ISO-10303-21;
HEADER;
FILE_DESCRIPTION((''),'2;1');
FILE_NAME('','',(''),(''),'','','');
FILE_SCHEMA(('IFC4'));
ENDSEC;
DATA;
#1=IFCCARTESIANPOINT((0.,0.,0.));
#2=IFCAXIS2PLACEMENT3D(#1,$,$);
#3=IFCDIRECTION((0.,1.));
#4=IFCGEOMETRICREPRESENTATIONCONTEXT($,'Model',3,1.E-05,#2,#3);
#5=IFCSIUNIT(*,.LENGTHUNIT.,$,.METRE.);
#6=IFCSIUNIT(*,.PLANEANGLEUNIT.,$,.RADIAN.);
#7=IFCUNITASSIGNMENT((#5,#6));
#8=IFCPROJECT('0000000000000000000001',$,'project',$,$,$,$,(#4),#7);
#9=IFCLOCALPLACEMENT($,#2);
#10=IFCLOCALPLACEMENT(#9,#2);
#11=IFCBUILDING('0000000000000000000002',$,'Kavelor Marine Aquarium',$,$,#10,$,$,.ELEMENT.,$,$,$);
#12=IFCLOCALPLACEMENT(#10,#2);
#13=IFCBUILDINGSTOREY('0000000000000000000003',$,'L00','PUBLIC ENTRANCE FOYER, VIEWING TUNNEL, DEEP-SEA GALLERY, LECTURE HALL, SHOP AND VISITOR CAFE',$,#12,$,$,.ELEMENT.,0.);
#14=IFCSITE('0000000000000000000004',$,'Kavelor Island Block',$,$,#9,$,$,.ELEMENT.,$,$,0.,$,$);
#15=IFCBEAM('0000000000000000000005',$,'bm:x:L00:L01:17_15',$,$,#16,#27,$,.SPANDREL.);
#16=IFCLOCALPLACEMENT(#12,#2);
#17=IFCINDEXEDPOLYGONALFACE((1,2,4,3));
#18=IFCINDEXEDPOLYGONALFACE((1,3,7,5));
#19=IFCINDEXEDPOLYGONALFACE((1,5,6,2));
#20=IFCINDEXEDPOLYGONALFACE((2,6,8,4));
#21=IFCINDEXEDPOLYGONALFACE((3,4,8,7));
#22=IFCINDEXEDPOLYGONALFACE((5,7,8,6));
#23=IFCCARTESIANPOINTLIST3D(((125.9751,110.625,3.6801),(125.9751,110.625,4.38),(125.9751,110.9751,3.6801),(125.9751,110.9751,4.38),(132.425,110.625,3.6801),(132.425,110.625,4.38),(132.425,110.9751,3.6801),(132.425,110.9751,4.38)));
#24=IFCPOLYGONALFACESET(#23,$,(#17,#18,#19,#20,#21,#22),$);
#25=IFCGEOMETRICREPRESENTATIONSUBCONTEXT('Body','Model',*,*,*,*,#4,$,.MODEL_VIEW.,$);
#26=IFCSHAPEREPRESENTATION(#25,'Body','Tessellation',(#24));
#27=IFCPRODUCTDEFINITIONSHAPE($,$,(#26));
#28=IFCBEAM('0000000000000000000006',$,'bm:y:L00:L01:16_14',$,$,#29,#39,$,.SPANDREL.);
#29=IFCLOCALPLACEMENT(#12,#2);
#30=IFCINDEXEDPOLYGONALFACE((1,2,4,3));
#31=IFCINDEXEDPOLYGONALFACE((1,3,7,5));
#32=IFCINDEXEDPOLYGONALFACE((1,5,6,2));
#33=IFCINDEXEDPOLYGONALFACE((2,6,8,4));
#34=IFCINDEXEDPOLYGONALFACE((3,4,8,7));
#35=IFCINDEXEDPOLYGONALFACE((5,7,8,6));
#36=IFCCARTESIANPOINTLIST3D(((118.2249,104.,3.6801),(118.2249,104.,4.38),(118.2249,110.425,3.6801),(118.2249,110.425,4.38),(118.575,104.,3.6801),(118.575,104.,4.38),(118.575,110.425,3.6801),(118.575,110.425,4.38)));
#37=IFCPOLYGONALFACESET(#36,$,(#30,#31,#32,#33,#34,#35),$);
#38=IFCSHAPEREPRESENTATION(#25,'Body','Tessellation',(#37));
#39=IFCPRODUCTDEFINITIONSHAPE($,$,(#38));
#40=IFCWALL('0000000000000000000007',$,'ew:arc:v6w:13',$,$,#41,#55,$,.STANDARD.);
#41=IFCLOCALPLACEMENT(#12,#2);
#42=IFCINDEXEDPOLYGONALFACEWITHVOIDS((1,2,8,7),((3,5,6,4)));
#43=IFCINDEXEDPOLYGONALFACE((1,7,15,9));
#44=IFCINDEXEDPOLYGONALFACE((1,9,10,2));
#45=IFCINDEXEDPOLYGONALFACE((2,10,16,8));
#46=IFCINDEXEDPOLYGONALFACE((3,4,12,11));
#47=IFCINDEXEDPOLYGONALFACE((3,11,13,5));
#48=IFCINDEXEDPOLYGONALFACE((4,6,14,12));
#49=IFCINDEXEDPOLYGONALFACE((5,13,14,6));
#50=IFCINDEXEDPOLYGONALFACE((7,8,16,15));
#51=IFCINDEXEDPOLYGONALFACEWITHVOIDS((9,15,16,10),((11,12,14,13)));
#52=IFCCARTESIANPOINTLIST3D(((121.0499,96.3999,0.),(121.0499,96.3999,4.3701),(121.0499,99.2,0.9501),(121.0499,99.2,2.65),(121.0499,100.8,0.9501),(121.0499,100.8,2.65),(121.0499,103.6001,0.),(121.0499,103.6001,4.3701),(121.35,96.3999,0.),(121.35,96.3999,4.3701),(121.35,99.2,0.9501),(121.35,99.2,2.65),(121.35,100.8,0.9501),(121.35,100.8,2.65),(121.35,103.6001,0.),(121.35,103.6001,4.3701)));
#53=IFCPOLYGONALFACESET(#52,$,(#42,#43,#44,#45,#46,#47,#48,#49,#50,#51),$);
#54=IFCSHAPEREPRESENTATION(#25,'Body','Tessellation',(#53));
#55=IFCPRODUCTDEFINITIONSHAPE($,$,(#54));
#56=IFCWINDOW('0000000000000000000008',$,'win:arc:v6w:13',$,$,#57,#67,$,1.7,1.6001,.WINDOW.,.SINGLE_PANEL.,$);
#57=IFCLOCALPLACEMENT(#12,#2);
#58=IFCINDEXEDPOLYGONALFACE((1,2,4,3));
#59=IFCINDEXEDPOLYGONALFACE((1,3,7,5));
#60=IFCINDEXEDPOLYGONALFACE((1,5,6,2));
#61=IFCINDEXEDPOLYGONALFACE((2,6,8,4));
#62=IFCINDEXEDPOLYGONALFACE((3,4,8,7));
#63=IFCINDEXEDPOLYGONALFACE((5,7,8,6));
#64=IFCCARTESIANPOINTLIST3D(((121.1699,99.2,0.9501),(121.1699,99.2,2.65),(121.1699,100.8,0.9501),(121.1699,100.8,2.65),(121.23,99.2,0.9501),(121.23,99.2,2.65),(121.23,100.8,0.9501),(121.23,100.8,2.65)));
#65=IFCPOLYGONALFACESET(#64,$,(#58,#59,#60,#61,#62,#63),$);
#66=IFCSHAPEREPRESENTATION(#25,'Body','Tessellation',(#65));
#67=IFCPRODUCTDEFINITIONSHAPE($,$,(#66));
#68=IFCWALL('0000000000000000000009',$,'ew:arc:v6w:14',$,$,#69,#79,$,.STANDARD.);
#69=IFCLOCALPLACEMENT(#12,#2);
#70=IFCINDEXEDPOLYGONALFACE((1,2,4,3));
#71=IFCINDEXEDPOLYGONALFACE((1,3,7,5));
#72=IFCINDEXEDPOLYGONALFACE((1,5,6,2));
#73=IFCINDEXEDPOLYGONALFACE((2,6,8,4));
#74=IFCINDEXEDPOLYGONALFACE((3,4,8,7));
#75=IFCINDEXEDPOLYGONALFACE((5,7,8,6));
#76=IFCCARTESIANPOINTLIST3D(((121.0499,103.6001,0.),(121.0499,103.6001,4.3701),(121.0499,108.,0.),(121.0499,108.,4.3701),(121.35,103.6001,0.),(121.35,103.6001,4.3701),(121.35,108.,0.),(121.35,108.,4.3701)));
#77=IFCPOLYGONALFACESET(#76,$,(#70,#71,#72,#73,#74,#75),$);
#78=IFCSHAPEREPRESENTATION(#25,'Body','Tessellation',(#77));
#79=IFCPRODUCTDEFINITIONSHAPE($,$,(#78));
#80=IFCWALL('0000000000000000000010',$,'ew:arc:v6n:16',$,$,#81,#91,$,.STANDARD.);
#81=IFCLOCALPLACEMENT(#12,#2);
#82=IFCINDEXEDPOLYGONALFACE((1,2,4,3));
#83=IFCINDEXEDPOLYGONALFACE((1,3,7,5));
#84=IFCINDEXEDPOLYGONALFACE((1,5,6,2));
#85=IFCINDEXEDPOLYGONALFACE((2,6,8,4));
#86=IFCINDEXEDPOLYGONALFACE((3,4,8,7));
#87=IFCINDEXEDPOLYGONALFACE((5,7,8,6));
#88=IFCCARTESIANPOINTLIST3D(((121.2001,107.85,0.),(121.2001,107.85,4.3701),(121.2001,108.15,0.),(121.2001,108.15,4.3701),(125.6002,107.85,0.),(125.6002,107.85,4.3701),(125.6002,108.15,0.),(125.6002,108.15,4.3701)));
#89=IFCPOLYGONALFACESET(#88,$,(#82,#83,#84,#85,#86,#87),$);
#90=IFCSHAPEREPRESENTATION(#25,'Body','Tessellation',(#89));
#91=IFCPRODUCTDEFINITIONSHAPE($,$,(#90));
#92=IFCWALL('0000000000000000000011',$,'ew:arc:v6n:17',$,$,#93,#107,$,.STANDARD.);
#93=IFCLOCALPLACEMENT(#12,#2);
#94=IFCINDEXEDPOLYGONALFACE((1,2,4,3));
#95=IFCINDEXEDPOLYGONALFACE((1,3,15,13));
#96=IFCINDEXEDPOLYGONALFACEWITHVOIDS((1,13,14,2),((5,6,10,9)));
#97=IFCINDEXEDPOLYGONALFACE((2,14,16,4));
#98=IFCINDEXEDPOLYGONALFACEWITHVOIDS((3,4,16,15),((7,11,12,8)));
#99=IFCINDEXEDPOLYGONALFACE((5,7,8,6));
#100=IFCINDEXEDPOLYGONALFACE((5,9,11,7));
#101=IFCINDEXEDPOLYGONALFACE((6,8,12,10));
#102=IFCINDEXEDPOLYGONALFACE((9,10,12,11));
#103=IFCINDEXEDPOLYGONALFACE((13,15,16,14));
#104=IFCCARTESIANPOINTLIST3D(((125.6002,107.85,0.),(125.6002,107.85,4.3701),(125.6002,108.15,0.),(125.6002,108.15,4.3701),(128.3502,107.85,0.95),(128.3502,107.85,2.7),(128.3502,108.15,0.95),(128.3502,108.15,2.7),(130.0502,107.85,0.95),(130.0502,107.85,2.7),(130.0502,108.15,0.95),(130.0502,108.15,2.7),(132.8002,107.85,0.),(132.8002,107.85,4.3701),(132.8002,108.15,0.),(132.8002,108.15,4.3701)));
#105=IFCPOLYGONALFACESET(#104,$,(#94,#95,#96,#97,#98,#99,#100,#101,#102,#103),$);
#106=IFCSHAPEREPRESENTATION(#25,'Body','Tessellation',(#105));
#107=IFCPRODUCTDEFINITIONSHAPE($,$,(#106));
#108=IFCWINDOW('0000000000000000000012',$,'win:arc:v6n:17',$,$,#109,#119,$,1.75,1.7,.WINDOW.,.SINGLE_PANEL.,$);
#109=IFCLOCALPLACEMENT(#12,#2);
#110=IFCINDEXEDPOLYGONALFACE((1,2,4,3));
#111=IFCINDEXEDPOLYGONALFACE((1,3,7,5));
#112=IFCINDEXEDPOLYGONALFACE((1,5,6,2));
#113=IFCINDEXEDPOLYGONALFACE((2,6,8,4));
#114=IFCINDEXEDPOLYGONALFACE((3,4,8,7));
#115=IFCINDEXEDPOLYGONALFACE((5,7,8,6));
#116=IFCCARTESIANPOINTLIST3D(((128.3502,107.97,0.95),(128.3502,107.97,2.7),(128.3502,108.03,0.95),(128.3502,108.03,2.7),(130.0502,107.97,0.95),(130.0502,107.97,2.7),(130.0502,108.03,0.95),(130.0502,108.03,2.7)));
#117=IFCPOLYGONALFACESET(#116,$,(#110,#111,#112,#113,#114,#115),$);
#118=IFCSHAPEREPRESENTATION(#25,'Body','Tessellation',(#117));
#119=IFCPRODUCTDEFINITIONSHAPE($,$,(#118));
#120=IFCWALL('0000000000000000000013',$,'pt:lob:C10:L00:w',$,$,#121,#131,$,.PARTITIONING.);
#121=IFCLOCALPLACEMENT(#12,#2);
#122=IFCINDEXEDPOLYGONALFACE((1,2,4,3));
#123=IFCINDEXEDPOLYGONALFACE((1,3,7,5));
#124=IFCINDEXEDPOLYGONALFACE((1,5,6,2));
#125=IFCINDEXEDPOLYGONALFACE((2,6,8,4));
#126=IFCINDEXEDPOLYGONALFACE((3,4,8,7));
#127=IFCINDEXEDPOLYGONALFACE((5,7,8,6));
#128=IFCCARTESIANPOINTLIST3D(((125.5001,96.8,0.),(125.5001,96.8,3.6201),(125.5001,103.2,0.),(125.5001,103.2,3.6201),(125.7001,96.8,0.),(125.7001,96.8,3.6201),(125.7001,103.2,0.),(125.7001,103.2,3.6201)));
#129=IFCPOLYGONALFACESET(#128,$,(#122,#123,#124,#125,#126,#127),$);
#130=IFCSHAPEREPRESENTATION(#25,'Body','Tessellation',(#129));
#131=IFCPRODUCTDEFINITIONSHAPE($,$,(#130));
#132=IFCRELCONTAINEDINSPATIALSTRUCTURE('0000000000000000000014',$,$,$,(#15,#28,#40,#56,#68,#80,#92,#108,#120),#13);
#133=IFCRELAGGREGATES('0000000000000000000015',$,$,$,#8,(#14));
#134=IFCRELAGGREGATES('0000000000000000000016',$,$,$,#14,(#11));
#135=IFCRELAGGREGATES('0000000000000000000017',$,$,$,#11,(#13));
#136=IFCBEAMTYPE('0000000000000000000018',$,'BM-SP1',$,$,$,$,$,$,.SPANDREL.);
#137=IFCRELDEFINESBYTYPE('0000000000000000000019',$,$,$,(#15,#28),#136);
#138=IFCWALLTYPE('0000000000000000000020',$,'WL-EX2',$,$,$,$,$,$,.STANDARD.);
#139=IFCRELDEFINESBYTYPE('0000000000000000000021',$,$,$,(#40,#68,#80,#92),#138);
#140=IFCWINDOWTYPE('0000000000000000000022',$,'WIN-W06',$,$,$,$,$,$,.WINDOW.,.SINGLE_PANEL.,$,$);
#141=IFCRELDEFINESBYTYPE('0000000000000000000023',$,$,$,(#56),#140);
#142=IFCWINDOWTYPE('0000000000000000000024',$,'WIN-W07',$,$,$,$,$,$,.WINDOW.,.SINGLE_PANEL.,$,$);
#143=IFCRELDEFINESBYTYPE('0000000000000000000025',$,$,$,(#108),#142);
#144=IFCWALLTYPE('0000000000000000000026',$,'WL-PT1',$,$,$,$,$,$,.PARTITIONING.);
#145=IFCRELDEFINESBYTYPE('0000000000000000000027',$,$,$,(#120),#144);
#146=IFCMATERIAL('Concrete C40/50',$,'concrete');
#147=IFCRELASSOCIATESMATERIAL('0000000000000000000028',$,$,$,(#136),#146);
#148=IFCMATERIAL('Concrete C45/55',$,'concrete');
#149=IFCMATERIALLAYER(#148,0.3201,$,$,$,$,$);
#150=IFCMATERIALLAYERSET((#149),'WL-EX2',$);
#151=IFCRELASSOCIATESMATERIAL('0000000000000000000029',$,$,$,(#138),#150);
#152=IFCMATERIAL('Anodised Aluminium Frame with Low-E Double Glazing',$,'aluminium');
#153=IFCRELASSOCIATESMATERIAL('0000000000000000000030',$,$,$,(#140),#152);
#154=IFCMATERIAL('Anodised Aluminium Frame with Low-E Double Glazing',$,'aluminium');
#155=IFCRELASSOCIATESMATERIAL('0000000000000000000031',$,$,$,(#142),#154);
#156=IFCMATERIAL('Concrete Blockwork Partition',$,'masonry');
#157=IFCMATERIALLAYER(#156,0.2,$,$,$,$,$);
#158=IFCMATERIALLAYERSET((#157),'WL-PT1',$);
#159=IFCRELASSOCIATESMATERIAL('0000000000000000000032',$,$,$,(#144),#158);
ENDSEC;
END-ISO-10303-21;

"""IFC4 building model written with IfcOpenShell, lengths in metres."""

from ifc_helpers import new_model, si_unit, direction, frame, frame_2d, origin, origin_2d, place, context, subcontext, project, spatial, rectangle, extrude, material, layer, layer_set, material_profile, profile_set, type_object, element, fill, save


model = new_model("IFC4")

# Units and contexts
model_context = context("Model", 3, precision=1e-05, world=origin(), true_north=direction((0.0, 1.0)))
body_context = subcontext(model_context, "Body", "Model", "MODEL_VIEW")
ifc_project = project(units=[si_unit("LENGTHUNIT", "METRE"), si_unit("PLANEANGLEUNIT", "RADIAN")], contexts=[model_context])

# Site, building, storey
site_placement = place(None, origin())
site = spatial("IfcSite", under=ifc_project, at=site_placement, Name="Kavelor Island Block", CompositionType="ELEMENT", RefElevation=0.0)
building_placement = place(site_placement, origin())
building = spatial("IfcBuilding", under=site, at=building_placement, Name="Kavelor Marine Aquarium", CompositionType="ELEMENT")
storey_placement = place(building_placement, origin())
storey = spatial("IfcBuildingStorey", under=building, at=storey_placement, Name="L00", Description="PUBLIC ENTRANCE FOYER, VIEWING TUNNEL, DEEP-SEA GALLERY, LECTURE HALL, SHOP AND VISITOR CAFE", CompositionType="ELEMENT", Elevation=0.0)

# Beams
ifc_material_1 = material(Name="Concrete C40/50", Category="concrete")
ifc_material_profile_1 = material_profile(ifc_material_1, rectangle(XDim=0.3501, YDim=0.7, at=origin_2d()), Name="RC-SP 350x700")
ifc_profile_set_1 = profile_set([ifc_material_profile_1], Name="Concrete C40/50")
beam_type_1 = type_object("IfcBeamType", Name="BM-SP1", PredefinedType="SPANDREL", material=ifc_profile_set_1)
beam_1_placement = place(storey_placement, frame((125.9751, 110.8, 4.03), z_axis=(1.0, 0.0, 0.0), x_axis=(0.0, 1.0, 0.0)))
element("IfcBeam", 1, at=beam_1_placement, inside=storey, type_object=beam_type_1, Name="bm:x:L00:L01:17_15", PredefinedType="SPANDREL", context=body_context, shape_type="SweptSolid", body=[
    extrude(rectangle(XDim=0.3501, YDim=0.7, at=origin_2d()), origin(), (0.0, 0.0, 1.0), 6.45),
])
beam_2_placement = place(storey_placement, frame((118.3999, 104.0, 4.03), z_axis=(0.0, 1.0, 0.0), x_axis=(-1.0, 0.0, 0.0)))
element("IfcBeam", 2, at=beam_2_placement, inside=storey, type_object=beam_type_1, Name="bm:y:L00:L01:16_14", PredefinedType="SPANDREL", context=body_context, shape_type="SweptSolid", body=[
    extrude(rectangle(XDim=0.3501, YDim=0.7, at=origin_2d()), origin(), (0.0, 0.0, 1.0), 6.425),
])

# Wall, opening, window
ifc_material_2 = material(Name="Concrete C45/55", Category="concrete")
ifc_layer_1 = layer(ifc_material_2, 0.3201)
ifc_layer_set_1 = layer_set([ifc_layer_1], Name="WL-EX2")
wall_type_1 = type_object("IfcWallType", Name="WL-EX2", PredefinedType="STANDARD", material=ifc_layer_set_1)
wall_1_placement = place(storey_placement, frame((121.2, 96.3999, 0.0), z_axis=(0.0, 0.0, 1.0), x_axis=(0.0, 1.0, 0.0)))
wall_1 = element("IfcWall", 3, at=wall_1_placement, inside=storey, type_object=wall_type_1, Name="ew:arc:v6w:13", PredefinedType="STANDARD", context=body_context, shape_type="SweptSolid", body=[
    extrude(rectangle(XDim=7.2002, YDim=0.3, at=frame_2d((3.6001, 0.0))), origin(), (0.0, 0.0, 1.0), 4.3701),
])
opening_1_placement = place(wall_1_placement, frame((2.8, 0.0, 0.95)))
opening_1 = element("IfcOpeningElement", 4, at=opening_1_placement, cuts=wall_1, PredefinedType="OPENING", context=body_context, shape_type="SweptSolid", body=[
    extrude(rectangle(XDim=1.6001, YDim=1.7, at=frame_2d((0.8, 0.8501))), frame((0.0, 0.1599, 0.0), z_axis=(0.0, -1.0, 0.0), x_axis=(1.0, 0.0, 0.0)), (0.0, 0.0, 1.0), 0.32),
])
ifc_material_3 = material(Name="Anodised Aluminium Frame with Low-E Double Glazing", Category="aluminium")
window_type_1 = type_object("IfcWindowType", Name="WIN-W06", PartitioningType="SINGLE_PANEL", PredefinedType="WINDOW", material=ifc_material_3)
window_1_placement = place(opening_1_placement, origin())
window_1 = element("IfcWindow", 5, at=window_1_placement, inside=storey, type_object=window_type_1, Name="win:arc:v6w:13", OverallHeight=1.7, OverallWidth=1.6001, PartitioningType="SINGLE_PANEL", PredefinedType="WINDOW", context=body_context, shape_type="SweptSolid", body=[
    extrude(rectangle(XDim=1.6001, YDim=1.7, at=frame_2d((0.8, 0.8501))), frame((0.0, 0.03, 0.0), z_axis=(0.0, -1.0, 0.0), x_axis=(1.0, 0.0, 0.0)), (0.0, 0.0, 1.0), 0.0601),
])
fill(opening_1, window_1)

# Walls
wall_2_placement = place(storey_placement, frame((121.2, 103.6001, 0.0), z_axis=(0.0, 0.0, 1.0), x_axis=(0.0, 1.0, 0.0)))
element("IfcWall", 6, at=wall_2_placement, inside=storey, type_object=wall_type_1, Name="ew:arc:v6w:14", PredefinedType="STANDARD", context=body_context, shape_type="SweptSolid", body=[
    extrude(rectangle(XDim=4.3999, YDim=0.3, at=frame_2d((2.2, 0.0))), origin(), (0.0, 0.0, 1.0), 4.3701),
])
wall_3_placement = place(storey_placement, frame((121.2, 108.0, 0.0), z_axis=(0.0, 0.0, 1.0), x_axis=(1.0, 0.0, 0.0)))
element("IfcWall", 7, at=wall_3_placement, inside=storey, type_object=wall_type_1, Name="ew:arc:v6n:16", PredefinedType="STANDARD", context=body_context, shape_type="SweptSolid", body=[
    extrude(rectangle(XDim=4.4001, YDim=0.3, at=frame_2d((2.2002, 0.0))), origin(), (0.0, 0.0, 1.0), 4.3701),
])

# Wall, opening, window
wall_4_placement = place(storey_placement, frame((125.6001, 108.0, 0.0), z_axis=(0.0, 0.0, 1.0), x_axis=(1.0, 0.0, 0.0)))
wall_4 = element("IfcWall", 8, at=wall_4_placement, inside=storey, type_object=wall_type_1, Name="ew:arc:v6n:17", PredefinedType="STANDARD", context=body_context, shape_type="SweptSolid", body=[
    extrude(rectangle(XDim=7.2, YDim=0.3, at=frame_2d((3.6001, 0.0))), origin(), (0.0, 0.0, 1.0), 4.3701),
])
opening_2_placement = place(wall_4_placement, frame((2.75, 0.0, 0.95)))
opening_2 = element("IfcOpeningElement", 9, at=opening_2_placement, cuts=wall_4, PredefinedType="OPENING", context=body_context, shape_type="SweptSolid", body=[
    extrude(rectangle(XDim=1.7, YDim=1.75, at=frame_2d((0.8501, 0.875))), frame((0.0, 0.1599, 0.0), z_axis=(0.0, -1.0, 0.0), x_axis=(1.0, 0.0, 0.0)), (0.0, 0.0, 1.0), 0.32),
])
ifc_material_4 = material(Name="Anodised Aluminium Frame with Low-E Double Glazing", Category="aluminium")
window_type_2 = type_object("IfcWindowType", Name="WIN-W07", PartitioningType="SINGLE_PANEL", PredefinedType="WINDOW", material=ifc_material_4)
window_2_placement = place(opening_2_placement, origin())
window_2 = element("IfcWindow", 10, at=window_2_placement, inside=storey, type_object=window_type_2, Name="win:arc:v6n:17", OverallHeight=1.75, OverallWidth=1.7, PartitioningType="SINGLE_PANEL", PredefinedType="WINDOW", context=body_context, shape_type="SweptSolid", body=[
    extrude(rectangle(XDim=1.7, YDim=1.75, at=frame_2d((0.8501, 0.875))), frame((0.0, 0.03, 0.0), z_axis=(0.0, -1.0, 0.0), x_axis=(1.0, 0.0, 0.0)), (0.0, 0.0, 1.0), 0.0601),
])
fill(opening_2, window_2)

# Wall
ifc_material_5 = material(Name="Concrete Blockwork Partition", Category="masonry")
ifc_layer_2 = layer(ifc_material_5, 0.2)
ifc_layer_set_2 = layer_set([ifc_layer_2], Name="WL-PT1")
wall_type_2 = type_object("IfcWallType", Name="WL-PT1", PredefinedType="PARTITIONING", material=ifc_layer_set_2)
wall_5_placement = place(storey_placement, frame((125.6001, 96.8, 0.0), z_axis=(0.0, 0.0, 1.0), x_axis=(0.0, 1.0, 0.0)))
element("IfcWall", 11, at=wall_5_placement, inside=storey, type_object=wall_type_2, Name="pt:lob:C10:L00:w", PredefinedType="PARTITIONING", context=body_context, shape_type="SweptSolid", body=[
    extrude(rectangle(XDim=6.3999, YDim=0.2, at=frame_2d((3.2, 0.0))), origin(), (0.0, 0.0, 1.0), 3.6201),
])

save(model, "model.ifc")
